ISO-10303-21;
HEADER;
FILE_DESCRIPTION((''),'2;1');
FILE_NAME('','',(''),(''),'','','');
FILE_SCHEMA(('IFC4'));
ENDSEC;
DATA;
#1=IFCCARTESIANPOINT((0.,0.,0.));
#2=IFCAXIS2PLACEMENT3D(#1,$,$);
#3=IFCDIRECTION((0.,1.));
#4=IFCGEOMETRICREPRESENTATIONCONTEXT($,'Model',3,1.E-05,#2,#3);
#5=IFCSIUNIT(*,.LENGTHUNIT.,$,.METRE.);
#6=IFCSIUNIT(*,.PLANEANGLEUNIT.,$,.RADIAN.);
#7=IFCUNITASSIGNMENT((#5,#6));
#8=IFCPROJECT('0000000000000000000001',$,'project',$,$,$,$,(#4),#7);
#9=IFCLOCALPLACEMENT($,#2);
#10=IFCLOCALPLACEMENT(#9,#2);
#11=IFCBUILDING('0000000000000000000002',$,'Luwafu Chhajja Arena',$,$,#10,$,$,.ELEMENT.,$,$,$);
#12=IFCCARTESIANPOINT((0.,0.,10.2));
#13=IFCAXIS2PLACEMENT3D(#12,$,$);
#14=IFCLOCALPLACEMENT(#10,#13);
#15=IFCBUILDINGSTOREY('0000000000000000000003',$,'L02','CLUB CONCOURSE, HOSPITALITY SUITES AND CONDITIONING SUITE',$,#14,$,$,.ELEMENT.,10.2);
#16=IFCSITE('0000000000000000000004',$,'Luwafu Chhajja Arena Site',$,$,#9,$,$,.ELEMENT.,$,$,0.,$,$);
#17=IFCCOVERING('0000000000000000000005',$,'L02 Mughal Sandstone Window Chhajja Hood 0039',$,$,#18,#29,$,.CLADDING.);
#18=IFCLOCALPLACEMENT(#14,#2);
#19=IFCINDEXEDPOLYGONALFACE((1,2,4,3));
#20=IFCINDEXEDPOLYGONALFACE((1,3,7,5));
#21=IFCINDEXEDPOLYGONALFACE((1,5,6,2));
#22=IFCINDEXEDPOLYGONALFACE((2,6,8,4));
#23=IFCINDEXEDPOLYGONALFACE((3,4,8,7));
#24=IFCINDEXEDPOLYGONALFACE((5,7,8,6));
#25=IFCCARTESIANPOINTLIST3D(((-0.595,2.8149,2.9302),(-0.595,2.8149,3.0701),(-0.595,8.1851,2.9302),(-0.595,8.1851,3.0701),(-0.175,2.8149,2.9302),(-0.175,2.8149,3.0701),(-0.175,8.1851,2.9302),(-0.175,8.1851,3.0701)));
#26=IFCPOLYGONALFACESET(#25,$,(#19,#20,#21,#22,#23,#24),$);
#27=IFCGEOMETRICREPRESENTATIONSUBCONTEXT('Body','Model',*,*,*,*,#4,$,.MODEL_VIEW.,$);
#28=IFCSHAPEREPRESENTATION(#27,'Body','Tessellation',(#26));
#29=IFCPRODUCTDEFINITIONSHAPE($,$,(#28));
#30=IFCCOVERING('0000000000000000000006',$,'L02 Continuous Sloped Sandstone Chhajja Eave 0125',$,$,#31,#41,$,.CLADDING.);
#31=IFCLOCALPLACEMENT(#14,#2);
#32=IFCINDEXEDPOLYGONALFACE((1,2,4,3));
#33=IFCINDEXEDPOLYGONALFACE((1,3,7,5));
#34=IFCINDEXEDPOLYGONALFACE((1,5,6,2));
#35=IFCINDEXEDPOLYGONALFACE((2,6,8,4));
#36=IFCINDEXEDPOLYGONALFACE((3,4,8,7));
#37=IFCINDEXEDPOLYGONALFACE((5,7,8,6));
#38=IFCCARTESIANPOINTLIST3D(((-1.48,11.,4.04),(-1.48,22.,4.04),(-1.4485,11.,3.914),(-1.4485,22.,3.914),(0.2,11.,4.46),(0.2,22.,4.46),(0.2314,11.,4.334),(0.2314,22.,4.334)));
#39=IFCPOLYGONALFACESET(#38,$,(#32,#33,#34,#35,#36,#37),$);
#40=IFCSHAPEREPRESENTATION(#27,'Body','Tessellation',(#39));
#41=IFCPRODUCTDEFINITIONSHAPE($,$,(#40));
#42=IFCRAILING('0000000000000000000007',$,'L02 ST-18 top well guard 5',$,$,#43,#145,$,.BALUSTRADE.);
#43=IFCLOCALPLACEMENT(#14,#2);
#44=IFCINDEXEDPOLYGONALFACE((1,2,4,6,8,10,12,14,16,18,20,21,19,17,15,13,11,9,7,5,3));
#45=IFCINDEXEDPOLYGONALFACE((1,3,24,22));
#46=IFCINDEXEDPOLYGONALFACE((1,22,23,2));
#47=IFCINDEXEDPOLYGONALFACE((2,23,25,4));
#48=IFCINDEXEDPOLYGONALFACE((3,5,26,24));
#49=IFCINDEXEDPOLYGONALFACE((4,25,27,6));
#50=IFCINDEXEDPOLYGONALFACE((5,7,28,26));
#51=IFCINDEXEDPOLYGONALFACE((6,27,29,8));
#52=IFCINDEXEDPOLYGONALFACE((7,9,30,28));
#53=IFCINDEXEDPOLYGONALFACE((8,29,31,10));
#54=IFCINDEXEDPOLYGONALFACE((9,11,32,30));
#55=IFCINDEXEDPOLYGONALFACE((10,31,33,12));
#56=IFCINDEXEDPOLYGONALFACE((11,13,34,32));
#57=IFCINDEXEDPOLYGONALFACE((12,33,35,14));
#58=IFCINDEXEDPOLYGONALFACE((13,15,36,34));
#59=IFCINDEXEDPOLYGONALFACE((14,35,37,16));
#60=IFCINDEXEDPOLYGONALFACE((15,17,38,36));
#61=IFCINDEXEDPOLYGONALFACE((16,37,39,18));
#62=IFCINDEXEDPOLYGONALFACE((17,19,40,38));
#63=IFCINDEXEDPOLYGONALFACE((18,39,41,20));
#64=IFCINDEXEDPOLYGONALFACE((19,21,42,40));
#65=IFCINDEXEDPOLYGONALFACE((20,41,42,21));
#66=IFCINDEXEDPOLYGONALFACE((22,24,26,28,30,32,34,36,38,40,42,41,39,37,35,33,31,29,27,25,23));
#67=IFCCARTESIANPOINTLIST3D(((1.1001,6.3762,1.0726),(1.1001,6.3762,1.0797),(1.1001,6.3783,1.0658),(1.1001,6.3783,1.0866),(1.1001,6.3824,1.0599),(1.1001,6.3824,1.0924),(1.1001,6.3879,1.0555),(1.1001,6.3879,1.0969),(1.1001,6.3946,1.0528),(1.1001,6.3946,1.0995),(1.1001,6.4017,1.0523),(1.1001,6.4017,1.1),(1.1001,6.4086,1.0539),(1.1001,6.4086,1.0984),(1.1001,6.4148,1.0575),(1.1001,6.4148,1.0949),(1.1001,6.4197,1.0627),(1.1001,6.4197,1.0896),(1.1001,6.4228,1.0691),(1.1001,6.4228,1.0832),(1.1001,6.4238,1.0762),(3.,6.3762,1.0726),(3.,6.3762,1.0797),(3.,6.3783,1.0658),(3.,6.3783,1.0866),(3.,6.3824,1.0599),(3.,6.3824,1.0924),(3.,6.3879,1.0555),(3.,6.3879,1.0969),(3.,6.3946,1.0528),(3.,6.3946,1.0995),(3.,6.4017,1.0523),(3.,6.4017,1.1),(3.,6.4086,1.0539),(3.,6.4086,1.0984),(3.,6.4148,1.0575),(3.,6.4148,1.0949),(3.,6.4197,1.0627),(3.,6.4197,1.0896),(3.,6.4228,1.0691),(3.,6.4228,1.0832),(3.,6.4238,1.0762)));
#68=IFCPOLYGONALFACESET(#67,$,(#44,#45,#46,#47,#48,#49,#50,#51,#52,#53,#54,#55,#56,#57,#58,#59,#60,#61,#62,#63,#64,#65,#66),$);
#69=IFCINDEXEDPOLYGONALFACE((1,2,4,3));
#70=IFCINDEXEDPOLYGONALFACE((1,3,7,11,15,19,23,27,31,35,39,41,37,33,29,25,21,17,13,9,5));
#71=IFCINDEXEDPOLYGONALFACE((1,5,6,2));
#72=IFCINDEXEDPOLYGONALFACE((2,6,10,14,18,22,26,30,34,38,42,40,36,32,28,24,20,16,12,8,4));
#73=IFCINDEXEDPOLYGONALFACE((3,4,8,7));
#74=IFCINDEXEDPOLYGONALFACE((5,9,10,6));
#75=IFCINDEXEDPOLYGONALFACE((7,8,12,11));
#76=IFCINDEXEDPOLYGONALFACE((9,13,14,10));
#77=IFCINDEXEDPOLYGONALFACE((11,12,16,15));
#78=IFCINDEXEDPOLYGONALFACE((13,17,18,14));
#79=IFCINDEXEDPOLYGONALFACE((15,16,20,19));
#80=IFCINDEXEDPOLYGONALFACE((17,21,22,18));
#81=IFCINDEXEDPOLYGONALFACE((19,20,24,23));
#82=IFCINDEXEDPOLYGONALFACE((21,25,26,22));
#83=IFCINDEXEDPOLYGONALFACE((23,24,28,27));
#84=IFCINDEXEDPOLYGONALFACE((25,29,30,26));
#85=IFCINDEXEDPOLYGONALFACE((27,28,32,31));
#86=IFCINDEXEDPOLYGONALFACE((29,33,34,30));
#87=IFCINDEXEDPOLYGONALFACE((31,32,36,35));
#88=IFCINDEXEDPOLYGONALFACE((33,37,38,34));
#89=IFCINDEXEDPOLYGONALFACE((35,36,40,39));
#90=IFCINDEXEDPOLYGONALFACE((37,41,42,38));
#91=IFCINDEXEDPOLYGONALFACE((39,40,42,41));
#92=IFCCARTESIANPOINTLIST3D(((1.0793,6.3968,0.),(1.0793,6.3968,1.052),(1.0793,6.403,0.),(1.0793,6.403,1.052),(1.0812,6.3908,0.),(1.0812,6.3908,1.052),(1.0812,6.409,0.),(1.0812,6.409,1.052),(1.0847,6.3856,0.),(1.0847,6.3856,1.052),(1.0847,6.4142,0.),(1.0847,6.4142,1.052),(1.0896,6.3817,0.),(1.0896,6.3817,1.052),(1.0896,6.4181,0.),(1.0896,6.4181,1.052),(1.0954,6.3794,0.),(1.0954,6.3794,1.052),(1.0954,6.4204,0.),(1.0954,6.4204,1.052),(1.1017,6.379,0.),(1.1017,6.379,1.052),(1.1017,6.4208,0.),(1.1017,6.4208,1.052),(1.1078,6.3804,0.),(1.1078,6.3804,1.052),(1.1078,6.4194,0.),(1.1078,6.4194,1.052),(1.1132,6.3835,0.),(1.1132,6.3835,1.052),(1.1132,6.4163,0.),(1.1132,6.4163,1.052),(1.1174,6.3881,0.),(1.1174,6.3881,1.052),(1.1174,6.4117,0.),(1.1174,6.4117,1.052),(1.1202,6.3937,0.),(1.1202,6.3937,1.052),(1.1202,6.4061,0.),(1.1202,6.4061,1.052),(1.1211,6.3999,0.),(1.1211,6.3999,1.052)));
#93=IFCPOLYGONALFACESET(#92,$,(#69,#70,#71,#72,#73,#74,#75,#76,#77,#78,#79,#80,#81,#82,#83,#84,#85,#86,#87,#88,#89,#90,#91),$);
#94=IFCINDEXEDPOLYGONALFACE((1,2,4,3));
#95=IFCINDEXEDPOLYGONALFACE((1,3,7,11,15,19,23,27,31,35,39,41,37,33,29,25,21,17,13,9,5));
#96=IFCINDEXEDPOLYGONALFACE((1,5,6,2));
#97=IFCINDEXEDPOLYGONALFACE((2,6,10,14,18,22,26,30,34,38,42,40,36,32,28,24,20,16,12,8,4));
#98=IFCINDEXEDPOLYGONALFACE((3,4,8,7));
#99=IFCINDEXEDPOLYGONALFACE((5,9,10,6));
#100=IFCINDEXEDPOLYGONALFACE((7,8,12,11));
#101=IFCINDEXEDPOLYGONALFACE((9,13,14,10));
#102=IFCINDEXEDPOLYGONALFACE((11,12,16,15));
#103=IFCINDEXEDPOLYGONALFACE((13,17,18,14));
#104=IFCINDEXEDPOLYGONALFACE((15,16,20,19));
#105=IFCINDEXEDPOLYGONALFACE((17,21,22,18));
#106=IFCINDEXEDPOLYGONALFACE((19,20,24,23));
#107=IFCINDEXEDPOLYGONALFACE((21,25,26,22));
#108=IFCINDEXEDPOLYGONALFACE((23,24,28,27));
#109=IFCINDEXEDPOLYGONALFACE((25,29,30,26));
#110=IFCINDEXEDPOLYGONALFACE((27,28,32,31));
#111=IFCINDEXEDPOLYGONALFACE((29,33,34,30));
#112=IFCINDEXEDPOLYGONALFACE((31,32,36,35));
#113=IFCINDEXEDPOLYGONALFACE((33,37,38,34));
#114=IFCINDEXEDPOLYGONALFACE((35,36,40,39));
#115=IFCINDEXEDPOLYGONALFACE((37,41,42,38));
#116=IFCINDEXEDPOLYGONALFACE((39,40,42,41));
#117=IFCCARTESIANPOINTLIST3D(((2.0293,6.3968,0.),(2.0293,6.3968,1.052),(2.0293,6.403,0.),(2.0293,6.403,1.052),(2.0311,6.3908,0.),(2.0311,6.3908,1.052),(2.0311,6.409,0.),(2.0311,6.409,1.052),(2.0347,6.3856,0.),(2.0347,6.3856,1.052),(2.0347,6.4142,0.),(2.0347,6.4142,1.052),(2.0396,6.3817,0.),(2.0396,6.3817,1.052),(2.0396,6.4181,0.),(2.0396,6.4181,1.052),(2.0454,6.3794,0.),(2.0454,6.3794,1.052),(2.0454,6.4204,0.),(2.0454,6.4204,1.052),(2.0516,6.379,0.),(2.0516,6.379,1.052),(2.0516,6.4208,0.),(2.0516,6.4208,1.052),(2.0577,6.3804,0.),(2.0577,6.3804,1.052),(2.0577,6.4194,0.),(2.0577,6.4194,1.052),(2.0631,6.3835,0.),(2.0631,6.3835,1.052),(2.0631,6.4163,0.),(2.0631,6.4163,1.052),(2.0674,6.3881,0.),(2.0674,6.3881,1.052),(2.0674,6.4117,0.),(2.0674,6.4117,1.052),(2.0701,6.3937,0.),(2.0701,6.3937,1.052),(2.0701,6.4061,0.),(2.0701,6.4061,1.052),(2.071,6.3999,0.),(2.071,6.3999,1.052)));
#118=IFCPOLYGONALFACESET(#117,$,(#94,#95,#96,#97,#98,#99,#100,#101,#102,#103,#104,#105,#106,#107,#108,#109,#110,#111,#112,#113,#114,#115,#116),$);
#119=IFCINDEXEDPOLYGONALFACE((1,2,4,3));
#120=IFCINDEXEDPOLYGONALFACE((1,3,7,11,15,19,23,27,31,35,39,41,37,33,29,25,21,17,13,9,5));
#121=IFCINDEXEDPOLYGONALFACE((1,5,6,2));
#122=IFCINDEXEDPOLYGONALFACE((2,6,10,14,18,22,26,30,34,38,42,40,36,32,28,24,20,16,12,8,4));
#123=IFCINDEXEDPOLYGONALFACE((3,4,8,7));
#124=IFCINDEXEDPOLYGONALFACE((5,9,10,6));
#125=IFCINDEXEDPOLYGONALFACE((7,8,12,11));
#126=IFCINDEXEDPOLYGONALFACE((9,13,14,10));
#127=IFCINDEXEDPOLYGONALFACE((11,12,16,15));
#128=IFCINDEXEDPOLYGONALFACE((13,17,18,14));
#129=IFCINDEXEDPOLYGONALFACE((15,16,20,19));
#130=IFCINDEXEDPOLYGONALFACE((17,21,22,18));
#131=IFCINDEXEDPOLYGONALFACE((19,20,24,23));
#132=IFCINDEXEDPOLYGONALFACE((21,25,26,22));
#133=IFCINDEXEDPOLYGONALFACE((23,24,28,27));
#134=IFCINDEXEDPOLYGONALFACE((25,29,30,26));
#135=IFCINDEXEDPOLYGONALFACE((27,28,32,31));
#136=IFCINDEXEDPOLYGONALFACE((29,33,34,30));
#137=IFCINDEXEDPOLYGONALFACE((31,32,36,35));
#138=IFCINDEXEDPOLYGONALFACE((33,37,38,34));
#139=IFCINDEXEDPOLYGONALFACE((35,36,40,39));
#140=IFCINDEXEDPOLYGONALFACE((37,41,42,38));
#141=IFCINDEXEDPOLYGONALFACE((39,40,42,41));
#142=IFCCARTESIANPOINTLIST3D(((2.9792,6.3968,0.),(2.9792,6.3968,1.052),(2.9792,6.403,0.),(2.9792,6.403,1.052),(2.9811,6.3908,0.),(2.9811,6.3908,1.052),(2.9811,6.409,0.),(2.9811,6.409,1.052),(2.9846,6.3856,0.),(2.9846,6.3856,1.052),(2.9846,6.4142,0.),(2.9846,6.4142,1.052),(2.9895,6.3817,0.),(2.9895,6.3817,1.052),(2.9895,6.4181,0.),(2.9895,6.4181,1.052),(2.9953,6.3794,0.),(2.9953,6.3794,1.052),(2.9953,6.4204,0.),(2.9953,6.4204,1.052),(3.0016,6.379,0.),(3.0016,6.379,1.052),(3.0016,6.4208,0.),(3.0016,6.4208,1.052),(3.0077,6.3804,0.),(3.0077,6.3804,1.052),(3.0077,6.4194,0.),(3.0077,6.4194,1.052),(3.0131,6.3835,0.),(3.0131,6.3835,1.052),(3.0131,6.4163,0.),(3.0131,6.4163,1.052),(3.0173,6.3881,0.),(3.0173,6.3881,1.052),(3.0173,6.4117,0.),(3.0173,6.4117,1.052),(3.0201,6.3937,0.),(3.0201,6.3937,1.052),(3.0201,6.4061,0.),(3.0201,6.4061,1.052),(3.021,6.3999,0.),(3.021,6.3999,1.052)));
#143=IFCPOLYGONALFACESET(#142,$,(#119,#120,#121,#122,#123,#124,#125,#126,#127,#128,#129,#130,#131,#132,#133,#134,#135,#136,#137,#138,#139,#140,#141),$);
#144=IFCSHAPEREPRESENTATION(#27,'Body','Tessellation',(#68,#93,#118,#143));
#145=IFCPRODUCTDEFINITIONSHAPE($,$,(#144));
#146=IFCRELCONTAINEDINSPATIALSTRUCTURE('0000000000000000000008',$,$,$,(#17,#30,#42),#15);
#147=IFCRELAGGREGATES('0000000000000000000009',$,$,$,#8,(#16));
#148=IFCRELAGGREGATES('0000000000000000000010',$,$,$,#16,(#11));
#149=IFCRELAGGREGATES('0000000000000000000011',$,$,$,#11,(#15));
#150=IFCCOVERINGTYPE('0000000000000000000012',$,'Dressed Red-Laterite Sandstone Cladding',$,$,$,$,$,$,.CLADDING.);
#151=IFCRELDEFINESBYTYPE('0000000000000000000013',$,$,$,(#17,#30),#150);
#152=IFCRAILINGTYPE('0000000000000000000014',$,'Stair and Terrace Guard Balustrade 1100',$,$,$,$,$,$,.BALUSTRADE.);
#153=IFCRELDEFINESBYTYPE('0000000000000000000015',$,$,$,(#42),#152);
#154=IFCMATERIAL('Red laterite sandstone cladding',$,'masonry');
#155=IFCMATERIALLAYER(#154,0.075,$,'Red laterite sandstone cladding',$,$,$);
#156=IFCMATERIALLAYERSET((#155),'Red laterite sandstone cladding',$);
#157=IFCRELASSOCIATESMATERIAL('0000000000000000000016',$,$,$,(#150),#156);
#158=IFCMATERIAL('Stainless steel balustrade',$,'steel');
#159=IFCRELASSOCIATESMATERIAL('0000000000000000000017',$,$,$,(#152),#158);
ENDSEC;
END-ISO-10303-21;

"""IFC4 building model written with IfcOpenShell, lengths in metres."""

from ifc_helpers import new_model, si_unit, direction, frame, origin, origin_2d, place, context, subcontext, project, spatial, polyline, rectangle, circle, outline, extrude, material, layer, layer_set, type_object, element, save


model = new_model("IFC4")

# Units and contexts
model_context = context("Model", 3, precision=1e-05, world=origin(), true_north=direction((0.0, 1.0)))
body_context = subcontext(model_context, "Body", "Model", "MODEL_VIEW")
ifc_project = project(units=[si_unit("LENGTHUNIT", "METRE"), si_unit("PLANEANGLEUNIT", "RADIAN")], contexts=[model_context])

# Site, building, storey
site_placement = place(None, origin())
site = spatial("IfcSite", under=ifc_project, at=site_placement, Name="Luwafu Chhajja Arena Site", CompositionType="ELEMENT", RefElevation=0.0)
building_placement = place(site_placement, origin())
building = spatial("IfcBuilding", under=site, at=building_placement, Name="Luwafu Chhajja Arena", CompositionType="ELEMENT")
storey_placement = place(building_placement, frame((0.0, 0.0, 10.2)))
storey = spatial("IfcBuildingStorey", under=building, at=storey_placement, Name="L02", Description="CLUB CONCOURSE, HOSPITALITY SUITES AND CONDITIONING SUITE", CompositionType="ELEMENT", Elevation=10.2)

# Coverings
ifc_material_1 = material(Name="Red laterite sandstone cladding", Category="masonry")
ifc_layer_1 = layer(ifc_material_1, 0.075, Name="Red laterite sandstone cladding")
ifc_layer_set_1 = layer_set([ifc_layer_1], Name="Red laterite sandstone cladding")
covering_type = type_object("IfcCoveringType", Name="Dressed Red-Laterite Sandstone Cladding", PredefinedType="CLADDING", material=ifc_layer_set_1)
covering_1_placement = place(storey_placement, frame((-0.385, 5.5, 2.9302), z_axis=(0.0, 0.0, 1.0), x_axis=(0.0, 1.0, 0.0)))
element("IfcCovering", 1, at=covering_1_placement, inside=storey, type_object=covering_type, Name="L02 Mughal Sandstone Window Chhajja Hood 0039", PredefinedType="CLADDING", context=body_context, shape_type="SweptSolid", body=[
    extrude(rectangle(XDim=5.3701, YDim=0.4199, at=origin_2d()), origin(), (0.0, 0.0, 1.0), 0.1399),
])
covering_2_placement = place(storey_placement, frame((0.2, 11.0, 4.46), z_axis=(-0.242502, 0.0, 0.970151), x_axis=(0.0, 1.0, 0.0)))
element("IfcCovering", 2, at=covering_2_placement, inside=storey, type_object=covering_type, Name="L02 Continuous Sloped Sandstone Chhajja Eave 0125", PredefinedType="CLADDING", context=body_context, shape_type="SweptSolid", body=[
    extrude(outline(polyline([(0.0, 0.0), (11.0, 0.0), (11.0, 1.7316), (0.0, 1.7316), (0.0, 0.0)])), origin(), (0.0, 0.0, -1.0), 0.1299),
])

# Railing
ifc_material_2 = material(Name="Stainless steel balustrade", Category="steel")
railing_type = type_object("IfcRailingType", Name="Stair and Terrace Guard Balustrade 1100", PredefinedType="BALUSTRADE", material=ifc_material_2)
for number, where, name in (
    (3, (1.1001, 6.3999, 0.0), "L02 ST-18 top well guard 5"),
):
    element("IfcRailing", number, at=place(storey_placement, frame(where)), inside=storey, type_object=railing_type, Name=name, PredefinedType="BALUSTRADE", context=body_context, shape_type="SweptSolid", body=[
        extrude(circle(Radius=0.0239, at=origin_2d()), frame((0.0, 0.0, 1.0762), z_axis=(1.0, 0.0, 0.0), x_axis=(0.0, 1.0, 0.0)), (0.0, 0.0, 1.0), 1.8999),
        extrude(circle(Radius=0.021, at=origin_2d()), origin(), (0.0, 0.0, 1.0), 1.052),
        extrude(circle(Radius=0.021, at=origin_2d()), frame((0.95, 0.0, 0.0)), (0.0, 0.0, 1.0), 1.052),
        extrude(circle(Radius=0.021, at=origin_2d()), frame((1.8999, 0.0, 0.0)), (0.0, 0.0, 1.0), 1.052),
    ])

save(model, "model.ifc")
